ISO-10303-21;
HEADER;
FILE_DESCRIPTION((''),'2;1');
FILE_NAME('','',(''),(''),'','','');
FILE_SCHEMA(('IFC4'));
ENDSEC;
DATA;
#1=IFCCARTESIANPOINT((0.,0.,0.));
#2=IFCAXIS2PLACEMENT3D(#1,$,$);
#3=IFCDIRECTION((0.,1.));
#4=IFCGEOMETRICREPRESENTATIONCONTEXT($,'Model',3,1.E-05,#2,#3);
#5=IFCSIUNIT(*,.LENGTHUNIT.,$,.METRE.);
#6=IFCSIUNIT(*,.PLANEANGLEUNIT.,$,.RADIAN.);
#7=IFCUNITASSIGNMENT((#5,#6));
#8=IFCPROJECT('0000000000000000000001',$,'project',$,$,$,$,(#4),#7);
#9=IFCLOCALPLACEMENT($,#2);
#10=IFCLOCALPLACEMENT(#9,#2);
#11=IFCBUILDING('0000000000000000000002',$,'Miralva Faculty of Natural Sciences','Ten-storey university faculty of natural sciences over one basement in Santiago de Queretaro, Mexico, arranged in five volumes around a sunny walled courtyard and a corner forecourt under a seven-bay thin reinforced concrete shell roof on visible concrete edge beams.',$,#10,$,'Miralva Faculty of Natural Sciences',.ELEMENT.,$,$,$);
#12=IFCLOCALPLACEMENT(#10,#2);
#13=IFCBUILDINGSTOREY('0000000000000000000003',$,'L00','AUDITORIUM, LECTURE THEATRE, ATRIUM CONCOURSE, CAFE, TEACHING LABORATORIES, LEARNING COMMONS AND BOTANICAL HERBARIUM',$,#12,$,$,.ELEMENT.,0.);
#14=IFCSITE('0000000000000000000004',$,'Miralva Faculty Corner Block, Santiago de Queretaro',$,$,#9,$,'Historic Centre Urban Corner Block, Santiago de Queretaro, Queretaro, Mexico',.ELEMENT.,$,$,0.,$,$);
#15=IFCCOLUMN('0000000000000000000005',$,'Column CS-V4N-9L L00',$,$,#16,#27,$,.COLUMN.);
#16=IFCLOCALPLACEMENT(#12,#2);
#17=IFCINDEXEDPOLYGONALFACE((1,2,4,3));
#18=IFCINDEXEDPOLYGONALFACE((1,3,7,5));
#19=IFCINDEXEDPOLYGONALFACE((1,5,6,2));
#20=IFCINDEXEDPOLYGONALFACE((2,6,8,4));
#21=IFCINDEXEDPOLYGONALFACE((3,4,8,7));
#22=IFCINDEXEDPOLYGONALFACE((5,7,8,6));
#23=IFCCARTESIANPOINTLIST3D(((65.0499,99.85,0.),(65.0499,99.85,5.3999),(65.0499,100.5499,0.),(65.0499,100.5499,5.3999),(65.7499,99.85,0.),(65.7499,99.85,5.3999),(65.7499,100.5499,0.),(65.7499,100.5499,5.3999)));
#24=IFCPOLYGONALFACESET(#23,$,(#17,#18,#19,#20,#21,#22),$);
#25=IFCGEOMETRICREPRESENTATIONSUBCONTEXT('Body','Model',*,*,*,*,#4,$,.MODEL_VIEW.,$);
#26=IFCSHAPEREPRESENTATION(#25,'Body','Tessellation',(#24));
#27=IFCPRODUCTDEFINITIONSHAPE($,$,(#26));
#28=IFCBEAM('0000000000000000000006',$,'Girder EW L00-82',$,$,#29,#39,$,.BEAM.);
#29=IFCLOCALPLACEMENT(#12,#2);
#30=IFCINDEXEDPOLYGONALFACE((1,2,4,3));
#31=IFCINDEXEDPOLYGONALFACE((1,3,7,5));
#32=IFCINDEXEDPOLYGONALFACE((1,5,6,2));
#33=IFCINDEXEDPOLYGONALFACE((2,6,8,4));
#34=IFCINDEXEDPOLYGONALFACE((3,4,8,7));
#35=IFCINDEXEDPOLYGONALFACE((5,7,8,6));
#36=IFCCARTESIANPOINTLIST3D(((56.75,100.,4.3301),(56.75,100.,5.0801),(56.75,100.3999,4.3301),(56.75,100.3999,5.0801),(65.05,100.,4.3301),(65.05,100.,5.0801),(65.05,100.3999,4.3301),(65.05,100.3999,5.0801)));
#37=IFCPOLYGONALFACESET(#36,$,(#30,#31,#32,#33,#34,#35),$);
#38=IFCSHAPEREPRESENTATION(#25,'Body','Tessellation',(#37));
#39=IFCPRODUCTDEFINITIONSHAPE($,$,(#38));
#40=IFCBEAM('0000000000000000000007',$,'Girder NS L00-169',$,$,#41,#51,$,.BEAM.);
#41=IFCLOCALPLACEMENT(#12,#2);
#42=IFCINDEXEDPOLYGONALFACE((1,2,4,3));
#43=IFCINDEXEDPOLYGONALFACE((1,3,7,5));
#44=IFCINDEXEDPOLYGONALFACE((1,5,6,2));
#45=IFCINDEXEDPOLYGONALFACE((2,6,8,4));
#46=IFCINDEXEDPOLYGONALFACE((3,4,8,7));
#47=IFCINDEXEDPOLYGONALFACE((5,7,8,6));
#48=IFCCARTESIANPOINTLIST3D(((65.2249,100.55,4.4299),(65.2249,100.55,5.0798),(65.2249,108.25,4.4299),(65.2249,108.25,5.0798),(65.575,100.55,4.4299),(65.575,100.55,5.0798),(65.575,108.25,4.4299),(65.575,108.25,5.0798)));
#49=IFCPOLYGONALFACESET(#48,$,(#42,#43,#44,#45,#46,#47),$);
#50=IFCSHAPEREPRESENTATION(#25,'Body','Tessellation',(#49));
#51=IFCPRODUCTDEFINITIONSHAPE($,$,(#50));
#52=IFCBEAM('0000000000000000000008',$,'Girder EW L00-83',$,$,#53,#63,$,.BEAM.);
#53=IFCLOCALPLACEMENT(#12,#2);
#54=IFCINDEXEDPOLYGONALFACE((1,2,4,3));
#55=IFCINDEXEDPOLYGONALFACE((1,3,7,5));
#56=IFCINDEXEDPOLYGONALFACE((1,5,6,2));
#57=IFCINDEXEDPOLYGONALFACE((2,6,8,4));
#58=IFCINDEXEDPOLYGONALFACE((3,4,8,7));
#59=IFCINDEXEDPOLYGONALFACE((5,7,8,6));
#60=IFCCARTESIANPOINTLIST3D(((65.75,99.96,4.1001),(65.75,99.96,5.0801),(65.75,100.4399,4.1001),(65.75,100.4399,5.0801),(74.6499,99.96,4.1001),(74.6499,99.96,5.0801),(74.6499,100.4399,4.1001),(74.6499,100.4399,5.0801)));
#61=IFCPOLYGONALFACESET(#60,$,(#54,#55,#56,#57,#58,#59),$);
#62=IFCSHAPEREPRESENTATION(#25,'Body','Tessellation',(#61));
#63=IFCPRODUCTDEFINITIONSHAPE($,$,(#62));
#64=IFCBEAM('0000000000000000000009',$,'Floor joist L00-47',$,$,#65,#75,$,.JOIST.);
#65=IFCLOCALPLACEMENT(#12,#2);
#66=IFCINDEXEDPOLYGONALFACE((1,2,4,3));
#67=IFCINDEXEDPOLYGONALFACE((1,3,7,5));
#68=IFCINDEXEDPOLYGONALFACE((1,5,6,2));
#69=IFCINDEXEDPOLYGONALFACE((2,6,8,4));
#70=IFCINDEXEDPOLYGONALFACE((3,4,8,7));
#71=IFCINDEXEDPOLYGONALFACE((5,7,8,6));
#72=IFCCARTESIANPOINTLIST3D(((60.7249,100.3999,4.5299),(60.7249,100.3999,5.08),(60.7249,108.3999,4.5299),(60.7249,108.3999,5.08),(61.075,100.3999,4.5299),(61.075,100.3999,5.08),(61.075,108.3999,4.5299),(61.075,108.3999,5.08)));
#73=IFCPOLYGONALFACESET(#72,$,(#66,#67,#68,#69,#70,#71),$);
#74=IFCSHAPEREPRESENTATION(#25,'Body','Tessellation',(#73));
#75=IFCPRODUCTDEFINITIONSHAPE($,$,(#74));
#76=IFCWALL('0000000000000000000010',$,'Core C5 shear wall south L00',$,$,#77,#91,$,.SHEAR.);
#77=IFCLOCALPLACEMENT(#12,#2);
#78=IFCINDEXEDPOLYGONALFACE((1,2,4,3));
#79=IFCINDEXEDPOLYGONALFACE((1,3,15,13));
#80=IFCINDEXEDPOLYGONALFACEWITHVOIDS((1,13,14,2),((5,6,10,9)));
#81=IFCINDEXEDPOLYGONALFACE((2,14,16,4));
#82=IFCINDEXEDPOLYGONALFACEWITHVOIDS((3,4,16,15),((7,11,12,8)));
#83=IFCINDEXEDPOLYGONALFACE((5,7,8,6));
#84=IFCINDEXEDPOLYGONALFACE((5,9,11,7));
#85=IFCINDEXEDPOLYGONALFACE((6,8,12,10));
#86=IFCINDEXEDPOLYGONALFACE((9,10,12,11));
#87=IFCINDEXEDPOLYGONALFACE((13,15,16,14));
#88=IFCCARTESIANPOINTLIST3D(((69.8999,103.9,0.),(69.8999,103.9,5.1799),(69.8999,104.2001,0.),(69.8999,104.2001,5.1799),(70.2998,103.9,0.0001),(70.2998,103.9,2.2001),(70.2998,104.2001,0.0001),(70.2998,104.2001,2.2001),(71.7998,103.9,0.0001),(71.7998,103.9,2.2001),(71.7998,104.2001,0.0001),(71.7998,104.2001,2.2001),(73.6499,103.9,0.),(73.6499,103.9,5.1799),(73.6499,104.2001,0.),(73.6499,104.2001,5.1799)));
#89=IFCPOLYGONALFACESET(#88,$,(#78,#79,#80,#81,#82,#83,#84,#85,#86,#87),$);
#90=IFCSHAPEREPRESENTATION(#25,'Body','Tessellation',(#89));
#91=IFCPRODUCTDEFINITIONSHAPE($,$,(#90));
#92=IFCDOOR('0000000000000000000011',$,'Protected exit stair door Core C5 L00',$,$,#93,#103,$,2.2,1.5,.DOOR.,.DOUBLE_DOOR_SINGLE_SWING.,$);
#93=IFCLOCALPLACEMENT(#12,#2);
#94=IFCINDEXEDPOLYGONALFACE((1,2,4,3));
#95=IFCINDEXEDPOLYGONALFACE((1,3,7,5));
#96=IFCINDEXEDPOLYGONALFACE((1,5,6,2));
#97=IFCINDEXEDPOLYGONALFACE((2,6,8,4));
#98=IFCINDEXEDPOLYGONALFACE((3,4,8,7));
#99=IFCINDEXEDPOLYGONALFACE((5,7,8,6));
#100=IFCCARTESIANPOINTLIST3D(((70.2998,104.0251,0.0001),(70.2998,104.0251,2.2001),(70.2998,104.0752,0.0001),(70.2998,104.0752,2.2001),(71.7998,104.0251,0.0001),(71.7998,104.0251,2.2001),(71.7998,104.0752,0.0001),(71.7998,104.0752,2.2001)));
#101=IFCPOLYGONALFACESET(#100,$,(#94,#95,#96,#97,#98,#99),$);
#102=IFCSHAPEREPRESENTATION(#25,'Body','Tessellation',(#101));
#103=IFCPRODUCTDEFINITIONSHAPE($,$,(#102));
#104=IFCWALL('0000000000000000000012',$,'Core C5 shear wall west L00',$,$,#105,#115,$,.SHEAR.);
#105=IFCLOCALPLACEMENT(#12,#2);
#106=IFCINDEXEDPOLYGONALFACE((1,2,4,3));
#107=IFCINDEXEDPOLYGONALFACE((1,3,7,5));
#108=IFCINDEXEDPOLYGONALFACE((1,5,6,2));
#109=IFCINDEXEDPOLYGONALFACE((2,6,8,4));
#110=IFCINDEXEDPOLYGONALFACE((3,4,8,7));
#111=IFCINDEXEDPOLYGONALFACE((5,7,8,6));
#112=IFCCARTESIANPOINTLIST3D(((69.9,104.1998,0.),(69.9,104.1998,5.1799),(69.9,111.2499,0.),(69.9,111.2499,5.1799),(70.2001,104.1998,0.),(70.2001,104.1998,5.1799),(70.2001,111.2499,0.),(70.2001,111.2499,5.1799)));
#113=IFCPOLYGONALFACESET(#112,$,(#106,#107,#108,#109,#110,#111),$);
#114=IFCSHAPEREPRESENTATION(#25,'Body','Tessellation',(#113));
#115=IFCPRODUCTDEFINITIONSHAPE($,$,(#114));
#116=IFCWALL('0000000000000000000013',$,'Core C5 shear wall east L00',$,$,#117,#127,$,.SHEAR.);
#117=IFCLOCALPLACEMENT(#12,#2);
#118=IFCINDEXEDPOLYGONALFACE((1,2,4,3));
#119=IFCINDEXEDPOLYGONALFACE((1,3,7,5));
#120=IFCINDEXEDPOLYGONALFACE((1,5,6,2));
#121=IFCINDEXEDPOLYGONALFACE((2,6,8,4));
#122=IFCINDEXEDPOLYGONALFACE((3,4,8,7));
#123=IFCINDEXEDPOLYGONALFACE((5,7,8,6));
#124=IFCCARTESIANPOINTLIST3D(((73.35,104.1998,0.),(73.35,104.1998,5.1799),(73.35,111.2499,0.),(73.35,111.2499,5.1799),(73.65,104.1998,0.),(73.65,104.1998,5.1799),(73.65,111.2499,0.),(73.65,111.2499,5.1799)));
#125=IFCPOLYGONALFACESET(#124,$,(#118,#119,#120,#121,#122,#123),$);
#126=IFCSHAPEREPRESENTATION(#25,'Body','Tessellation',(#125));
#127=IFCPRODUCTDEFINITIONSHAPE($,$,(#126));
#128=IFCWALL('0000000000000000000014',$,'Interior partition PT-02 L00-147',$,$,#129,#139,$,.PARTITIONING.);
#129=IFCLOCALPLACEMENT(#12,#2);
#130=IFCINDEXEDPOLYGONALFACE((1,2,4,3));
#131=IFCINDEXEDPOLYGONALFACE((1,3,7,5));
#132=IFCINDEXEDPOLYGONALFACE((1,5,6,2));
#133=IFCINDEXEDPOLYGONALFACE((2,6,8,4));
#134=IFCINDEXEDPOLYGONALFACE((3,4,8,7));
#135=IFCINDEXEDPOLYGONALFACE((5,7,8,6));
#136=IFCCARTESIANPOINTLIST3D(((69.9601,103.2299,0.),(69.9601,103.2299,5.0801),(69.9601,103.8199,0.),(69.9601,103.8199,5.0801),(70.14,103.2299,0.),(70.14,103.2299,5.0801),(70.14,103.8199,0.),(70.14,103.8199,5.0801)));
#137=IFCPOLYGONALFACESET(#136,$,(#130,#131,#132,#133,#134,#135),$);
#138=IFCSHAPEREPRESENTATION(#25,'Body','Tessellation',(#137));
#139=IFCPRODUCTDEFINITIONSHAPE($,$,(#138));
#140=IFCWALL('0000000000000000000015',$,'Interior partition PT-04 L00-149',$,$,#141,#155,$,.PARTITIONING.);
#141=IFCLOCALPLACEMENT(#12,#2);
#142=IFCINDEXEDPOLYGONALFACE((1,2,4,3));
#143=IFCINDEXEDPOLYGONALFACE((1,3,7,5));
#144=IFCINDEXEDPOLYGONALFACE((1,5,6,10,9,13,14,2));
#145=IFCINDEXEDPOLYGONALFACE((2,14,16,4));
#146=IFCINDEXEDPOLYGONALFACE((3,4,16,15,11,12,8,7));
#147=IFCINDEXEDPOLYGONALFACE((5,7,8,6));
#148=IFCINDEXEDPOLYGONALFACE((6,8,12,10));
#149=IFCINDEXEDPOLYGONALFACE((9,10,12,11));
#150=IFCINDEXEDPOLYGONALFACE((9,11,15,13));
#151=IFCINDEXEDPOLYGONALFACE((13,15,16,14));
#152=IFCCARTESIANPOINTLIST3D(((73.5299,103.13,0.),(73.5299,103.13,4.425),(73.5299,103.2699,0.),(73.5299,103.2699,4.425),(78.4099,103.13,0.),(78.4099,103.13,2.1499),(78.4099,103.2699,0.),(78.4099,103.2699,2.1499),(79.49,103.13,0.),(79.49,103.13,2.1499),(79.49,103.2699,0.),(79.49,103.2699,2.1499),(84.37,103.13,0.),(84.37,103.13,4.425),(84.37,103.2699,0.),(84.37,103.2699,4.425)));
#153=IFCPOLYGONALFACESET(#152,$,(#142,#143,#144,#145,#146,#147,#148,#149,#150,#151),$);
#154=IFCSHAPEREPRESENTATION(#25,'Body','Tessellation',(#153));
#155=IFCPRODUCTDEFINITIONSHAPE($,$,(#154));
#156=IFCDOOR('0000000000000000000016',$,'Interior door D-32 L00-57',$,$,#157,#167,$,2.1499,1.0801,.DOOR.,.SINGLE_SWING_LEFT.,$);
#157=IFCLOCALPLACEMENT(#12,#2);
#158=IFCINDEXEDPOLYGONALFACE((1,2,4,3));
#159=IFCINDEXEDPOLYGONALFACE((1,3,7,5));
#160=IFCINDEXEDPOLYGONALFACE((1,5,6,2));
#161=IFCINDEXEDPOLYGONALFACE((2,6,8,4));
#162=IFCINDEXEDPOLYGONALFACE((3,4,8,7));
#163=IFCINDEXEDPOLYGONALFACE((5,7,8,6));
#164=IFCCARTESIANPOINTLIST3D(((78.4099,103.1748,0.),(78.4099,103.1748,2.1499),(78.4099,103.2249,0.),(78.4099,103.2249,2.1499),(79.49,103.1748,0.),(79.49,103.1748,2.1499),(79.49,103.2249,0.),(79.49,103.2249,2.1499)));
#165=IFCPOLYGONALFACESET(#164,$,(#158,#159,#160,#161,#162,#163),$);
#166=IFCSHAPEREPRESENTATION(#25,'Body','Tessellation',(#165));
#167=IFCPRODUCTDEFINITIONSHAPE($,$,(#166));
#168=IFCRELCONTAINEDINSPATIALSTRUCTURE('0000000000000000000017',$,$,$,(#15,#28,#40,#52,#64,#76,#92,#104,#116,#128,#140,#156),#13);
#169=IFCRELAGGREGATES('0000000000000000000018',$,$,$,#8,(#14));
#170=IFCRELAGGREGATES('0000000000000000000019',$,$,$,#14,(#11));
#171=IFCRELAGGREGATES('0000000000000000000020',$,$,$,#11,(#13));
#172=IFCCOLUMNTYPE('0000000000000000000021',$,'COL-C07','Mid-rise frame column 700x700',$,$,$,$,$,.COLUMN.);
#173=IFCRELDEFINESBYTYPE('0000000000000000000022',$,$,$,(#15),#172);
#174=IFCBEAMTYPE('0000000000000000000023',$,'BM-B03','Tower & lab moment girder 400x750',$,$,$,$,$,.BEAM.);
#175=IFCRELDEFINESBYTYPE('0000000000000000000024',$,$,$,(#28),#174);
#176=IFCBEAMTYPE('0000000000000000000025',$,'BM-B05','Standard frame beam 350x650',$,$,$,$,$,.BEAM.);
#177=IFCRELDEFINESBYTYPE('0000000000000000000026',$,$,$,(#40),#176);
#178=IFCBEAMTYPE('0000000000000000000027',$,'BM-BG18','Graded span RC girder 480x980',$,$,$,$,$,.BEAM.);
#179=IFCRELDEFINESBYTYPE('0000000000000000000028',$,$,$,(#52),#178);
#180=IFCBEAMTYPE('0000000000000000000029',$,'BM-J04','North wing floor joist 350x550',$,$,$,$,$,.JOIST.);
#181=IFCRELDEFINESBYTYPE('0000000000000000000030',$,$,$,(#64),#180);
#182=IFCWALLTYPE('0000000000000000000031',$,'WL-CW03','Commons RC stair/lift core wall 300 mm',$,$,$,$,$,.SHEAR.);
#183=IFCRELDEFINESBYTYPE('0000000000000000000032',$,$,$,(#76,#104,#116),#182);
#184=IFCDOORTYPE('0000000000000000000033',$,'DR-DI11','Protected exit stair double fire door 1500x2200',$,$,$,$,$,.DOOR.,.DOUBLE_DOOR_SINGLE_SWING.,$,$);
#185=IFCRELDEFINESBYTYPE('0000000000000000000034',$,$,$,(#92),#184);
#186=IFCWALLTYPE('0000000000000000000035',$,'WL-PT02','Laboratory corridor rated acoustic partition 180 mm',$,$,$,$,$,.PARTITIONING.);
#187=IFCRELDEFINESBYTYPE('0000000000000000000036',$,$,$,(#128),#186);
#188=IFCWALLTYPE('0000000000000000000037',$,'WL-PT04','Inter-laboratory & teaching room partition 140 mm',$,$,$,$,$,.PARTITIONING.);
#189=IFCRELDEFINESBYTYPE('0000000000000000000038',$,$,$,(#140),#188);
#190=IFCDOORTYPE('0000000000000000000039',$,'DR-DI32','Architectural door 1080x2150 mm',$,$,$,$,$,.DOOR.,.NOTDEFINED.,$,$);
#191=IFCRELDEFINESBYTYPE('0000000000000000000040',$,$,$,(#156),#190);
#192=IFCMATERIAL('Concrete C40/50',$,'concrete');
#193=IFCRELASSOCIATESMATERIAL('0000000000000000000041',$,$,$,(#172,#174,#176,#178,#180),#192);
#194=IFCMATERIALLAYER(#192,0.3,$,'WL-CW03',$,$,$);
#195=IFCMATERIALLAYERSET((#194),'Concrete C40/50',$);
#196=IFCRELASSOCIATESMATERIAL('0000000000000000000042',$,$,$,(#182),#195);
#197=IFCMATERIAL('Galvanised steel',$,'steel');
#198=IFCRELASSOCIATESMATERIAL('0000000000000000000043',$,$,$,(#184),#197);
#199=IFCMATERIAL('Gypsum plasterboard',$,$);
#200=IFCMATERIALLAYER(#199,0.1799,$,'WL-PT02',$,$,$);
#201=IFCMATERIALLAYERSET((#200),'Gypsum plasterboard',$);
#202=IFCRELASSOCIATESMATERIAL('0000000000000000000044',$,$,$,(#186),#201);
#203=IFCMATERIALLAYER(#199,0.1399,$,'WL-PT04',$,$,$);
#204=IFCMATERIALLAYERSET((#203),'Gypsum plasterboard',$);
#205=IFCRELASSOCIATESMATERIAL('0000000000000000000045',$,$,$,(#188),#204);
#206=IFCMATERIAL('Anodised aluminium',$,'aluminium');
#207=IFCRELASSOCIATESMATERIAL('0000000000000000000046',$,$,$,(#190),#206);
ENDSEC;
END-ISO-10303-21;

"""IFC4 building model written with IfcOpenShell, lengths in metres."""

from ifc_helpers import new_model, si_unit, direction, frame, frame_2d, origin, origin_2d, place, context, subcontext, project, spatial, rectangle, extrude, material, layer, layer_set, material_profile, profile_set, type_object, element, fill, save


model = new_model("IFC4")

# Units and contexts
model_context = context("Model", 3, precision=1e-05, world=origin(), true_north=direction((0.0, 1.0)))
body_context = subcontext(model_context, "Body", "Model", "MODEL_VIEW")
ifc_project = project(units=[si_unit("LENGTHUNIT", "METRE"), si_unit("PLANEANGLEUNIT", "RADIAN")], contexts=[model_context])

# Site, building, storey
site_placement = place(None, origin())
site = spatial("IfcSite", under=ifc_project, at=site_placement, Name="Miralva Faculty Corner Block, Santiago de Queretaro", LongName="Historic Centre Urban Corner Block, Santiago de Queretaro, Queretaro, Mexico", CompositionType="ELEMENT", RefElevation=0.0)
building_placement = place(site_placement, origin())
building = spatial("IfcBuilding", under=site, at=building_placement, Name="Miralva Faculty of Natural Sciences", Description="Ten-storey university faculty of natural sciences over one basement in Santiago de Queretaro, Mexico, arranged in five volumes around a sunny walled courtyard and a corner forecourt under a seven-bay thin reinforced concrete shell roof on visible concrete edge beams.", LongName="Miralva Faculty of Natural Sciences", CompositionType="ELEMENT")
storey_placement = place(building_placement, origin())
storey = spatial("IfcBuildingStorey", under=building, at=storey_placement, Name="L00", Description="AUDITORIUM, LECTURE THEATRE, ATRIUM CONCOURSE, CAFE, TEACHING LABORATORIES, LEARNING COMMONS AND BOTANICAL HERBARIUM", CompositionType="ELEMENT", Elevation=0.0)

# Column
ifc_material_1 = material(Name="Concrete C40/50", Category="concrete")
ifc_material_profile_1 = material_profile(ifc_material_1, rectangle(XDim=0.7, YDim=0.7, at=origin_2d()), Name="RC 700x700")
ifc_profile_set_1 = profile_set([ifc_material_profile_1], Name="Concrete C40/50")
column_type = type_object("IfcColumnType", Name="COL-C07", Description="Mid-rise frame column 700x700", PredefinedType="COLUMN", material=ifc_profile_set_1)
column_placement = place(storey_placement, frame((65.3999, 100.2, 0.0), z_axis=(0.0, 0.0, 1.0), x_axis=(1.0, 0.0, 0.0)))
element("IfcColumn", 1, at=column_placement, inside=storey, type_object=column_type, Name="Column CS-V4N-9L L00", PredefinedType="COLUMN", context=body_context, shape_type="SweptSolid", body=[
    extrude(rectangle(XDim=0.7, YDim=0.7, at=origin_2d()), origin(), (0.0, 0.0, 1.0), 5.3999),
])

# Beams
ifc_material_profile_2 = material_profile(ifc_material_1, rectangle(XDim=0.3999, YDim=0.75, at=origin_2d()), Name="RC 400x750")
ifc_profile_set_2 = profile_set([ifc_material_profile_2], Name="Concrete C40/50")
beam_type_1 = type_object("IfcBeamType", Name="BM-B03", Description="Tower & lab moment girder 400x750", PredefinedType="BEAM", material=ifc_profile_set_2)
beam_1_placement = place(storey_placement, frame((56.75, 100.2, 4.7051), z_axis=(1.0, 0.0, 0.0), x_axis=(0.0, 1.0, 0.0)))
element("IfcBeam", 2, at=beam_1_placement, inside=storey, type_object=beam_type_1, Name="Girder EW L00-82", PredefinedType="BEAM", context=body_context, shape_type="SweptSolid", body=[
    extrude(rectangle(XDim=0.3999, YDim=0.75, at=origin_2d()), origin(), (0.0, 0.0, 1.0), 8.3),
])
ifc_material_profile_3 = material_profile(ifc_material_1, rectangle(XDim=0.3501, YDim=0.6499, at=origin_2d()), Name="RC 350x650")
ifc_profile_set_3 = profile_set([ifc_material_profile_3], Name="Concrete C40/50")
beam_type_2 = type_object("IfcBeamType", Name="BM-B05", Description="Standard frame beam 350x650", PredefinedType="BEAM", material=ifc_profile_set_3)
beam_2_placement = place(storey_placement, frame((65.3999, 100.55, 4.7549), z_axis=(0.0, 1.0, 0.0), x_axis=(-1.0, 0.0, 0.0)))
element("IfcBeam", 3, at=beam_2_placement, inside=storey, type_object=beam_type_2, Name="Girder NS L00-169", PredefinedType="BEAM", context=body_context, shape_type="SweptSolid", body=[
    extrude(rectangle(XDim=0.3501, YDim=0.6499, at=origin_2d()), origin(), (0.0, 0.0, 1.0), 7.7),
])
ifc_material_profile_4 = material_profile(ifc_material_1, rectangle(XDim=0.48, YDim=0.98, at=origin_2d()), Name="RC 480x980")
ifc_profile_set_4 = profile_set([ifc_material_profile_4], Name="Concrete C40/50")
beam_type_3 = type_object("IfcBeamType", Name="BM-BG18", Description="Graded span RC girder 480x980", PredefinedType="BEAM", material=ifc_profile_set_4)
beam_3_placement = place(storey_placement, frame((65.75, 100.2, 4.5901), z_axis=(1.0, 0.0, 0.0), x_axis=(0.0, 1.0, 0.0)))
element("IfcBeam", 4, at=beam_3_placement, inside=storey, type_object=beam_type_3, Name="Girder EW L00-83", PredefinedType="BEAM", context=body_context, shape_type="SweptSolid", body=[
    extrude(rectangle(XDim=0.48, YDim=0.98, at=origin_2d()), origin(), (0.0, 0.0, 1.0), 8.8999),
])
ifc_material_profile_5 = material_profile(ifc_material_1, rectangle(XDim=0.3501, YDim=0.55, at=origin_2d()), Name="RC 350x550")
ifc_profile_set_5 = profile_set([ifc_material_profile_5], Name="Concrete C40/50")
beam_type_4 = type_object("IfcBeamType", Name="BM-J04", Description="North wing floor joist 350x550", PredefinedType="JOIST", material=ifc_profile_set_5)
beam_4_placement = place(storey_placement, frame((60.8999, 100.3999, 4.8049), z_axis=(0.0, 1.0, 0.0), x_axis=(-1.0, 0.0, 0.0)))
element("IfcBeam", 5, at=beam_4_placement, inside=storey, type_object=beam_type_4, Name="Floor joist L00-47", PredefinedType="JOIST", context=body_context, shape_type="SweptSolid", body=[
    extrude(rectangle(XDim=0.3501, YDim=0.55, at=origin_2d()), origin(), (0.0, 0.0, 1.0), 8.0),
])

# Wall, opening, door
ifc_layer_1 = layer(ifc_material_1, 0.3, Name="WL-CW03")
ifc_layer_set_1 = layer_set([ifc_layer_1], Name="Concrete C40/50")
wall_type_1 = type_object("IfcWallType", Name="WL-CW03", Description="Commons RC stair/lift core wall 300 mm", PredefinedType="SHEAR", material=ifc_layer_set_1)
wall_1_placement = place(storey_placement, frame((69.8999, 104.05, 0.0), z_axis=(0.0, 0.0, 1.0), x_axis=(1.0, 0.0, 0.0)))
wall_1 = element("IfcWall", 6, at=wall_1_placement, inside=storey, type_object=wall_type_1, Name="Core C5 shear wall south L00", PredefinedType="SHEAR", context=body_context, shape_type="SweptSolid", body=[
    extrude(rectangle(XDim=3.75, YDim=0.3, at=frame_2d((1.875, 0.0))), origin(), (0.0, 0.0, 1.0), 5.1799),
])
opening_1_placement = place(wall_1_placement, frame((0.3999, 0.0, 0.0)))
opening_1 = element("IfcOpeningElement", 7, at=opening_1_placement, cuts=wall_1, PredefinedType="OPENING", context=body_context, shape_type="SweptSolid", body=[
    extrude(rectangle(XDim=1.5, YDim=2.2, at=frame_2d((0.75, 1.1001))), frame((0.0, 0.1599, 0.0), z_axis=(0.0, -1.0, 0.0), x_axis=(1.0, 0.0, 0.0)), (0.0, 0.0, 1.0), 0.3201),
])
ifc_material_2 = material(Name="Galvanised steel", Category="steel")
door_type_1 = type_object("IfcDoorType", Name="DR-DI11", Description="Protected exit stair double fire door 1500x2200", OperationType="DOUBLE_DOOR_SINGLE_SWING", PredefinedType="DOOR", material=ifc_material_2)
door_1_placement = place(opening_1_placement, frame((1.5, 0.0, 0.0), z_axis=(0.0, 0.0, 1.0), x_axis=(-1.0, 0.0, 0.0)))
door_1 = element("IfcDoor", 8, at=door_1_placement, inside=storey, type_object=door_type_1, Name="Protected exit stair door Core C5 L00", OperationType="DOUBLE_DOOR_SINGLE_SWING", OverallHeight=2.2, OverallWidth=1.5, PredefinedType="DOOR", context=body_context, shape_type="SweptSolid", body=[
    extrude(rectangle(XDim=1.5, YDim=2.2, at=frame_2d((0.75, 1.1001))), frame((0.0, 0.0249, 0.0), z_axis=(0.0, -1.0, 0.0), x_axis=(1.0, 0.0, 0.0)), (0.0, 0.0, 1.0), 0.05),
])
fill(opening_1, door_1)

# Walls
for number, where, z_axis, x_axis, name in (
    (9, (70.05, 104.2, 0.0), (0.0, 0.0, 1.0), (0.0, 1.0, 0.0), "Core C5 shear wall west L00"),
    (10, (73.5, 104.2, 0.0), (0.0, 0.0, 1.0), (0.0, 1.0, 0.0), "Core C5 shear wall east L00"),
):
    element("IfcWall", number, at=place(storey_placement, frame(where, z_axis=z_axis, x_axis=x_axis)), inside=storey, type_object=wall_type_1, Name=name, PredefinedType="SHEAR", context=body_context, shape_type="SweptSolid", body=[
        extrude(rectangle(XDim=7.05, YDim=0.3, at=frame_2d((3.5249, 0.0))), origin(), (0.0, 0.0, 1.0), 5.1799),
    ])
ifc_material_3 = material(Name="Gypsum plasterboard")
ifc_layer_2 = layer(ifc_material_3, 0.1799, Name="WL-PT02")
ifc_layer_set_2 = layer_set([ifc_layer_2], Name="Gypsum plasterboard")
wall_type_2 = type_object("IfcWallType", Name="WL-PT02", Description="Laboratory corridor rated acoustic partition 180 mm", PredefinedType="PARTITIONING", material=ifc_layer_set_2)
wall_2_placement = place(storey_placement, frame((70.05, 103.23, 0.0), z_axis=(0.0, 0.0, 1.0), x_axis=(0.0, 1.0, 0.0)))
element("IfcWall", 11, at=wall_2_placement, inside=storey, type_object=wall_type_2, Name="Interior partition PT-02 L00-147", PredefinedType="PARTITIONING", context=body_context, shape_type="SweptSolid", body=[
    extrude(rectangle(XDim=0.5901, YDim=0.1799, at=frame_2d((0.2949, 0.0))), origin(), (0.0, 0.0, 1.0), 5.0801),
])

# Wall, opening, door
ifc_layer_3 = layer(ifc_material_3, 0.1399, Name="WL-PT04")
ifc_layer_set_3 = layer_set([ifc_layer_3], Name="Gypsum plasterboard")
wall_type_3 = type_object("IfcWallType", Name="WL-PT04", Description="Inter-laboratory & teaching room partition 140 mm", PredefinedType="PARTITIONING", material=ifc_layer_set_3)
wall_3_placement = place(storey_placement, frame((73.53, 103.2, 0.0), z_axis=(0.0, 0.0, 1.0), x_axis=(1.0, 0.0, 0.0)))
wall_3 = element("IfcWall", 12, at=wall_3_placement, inside=storey, type_object=wall_type_3, Name="Interior partition PT-04 L00-149", PredefinedType="PARTITIONING", context=body_context, shape_type="SweptSolid", body=[
    extrude(rectangle(XDim=10.8401, YDim=0.1399, at=frame_2d((5.4199, 0.0))), origin(), (0.0, 0.0, 1.0), 4.425),
])
opening_2_placement = place(wall_3_placement, frame((4.8799, 0.0, 0.0)))
opening_2 = element("IfcOpeningElement", 13, at=opening_2_placement, cuts=wall_3, PredefinedType="OPENING", context=body_context, shape_type="SweptSolid", body=[
    extrude(rectangle(XDim=1.0801, YDim=2.1499, at=frame_2d((0.54, 1.075))), frame((0.0, 0.0798, 0.0), z_axis=(0.0, -1.0, 0.0), x_axis=(1.0, 0.0, 0.0)), (0.0, 0.0, 1.0), 0.1599),
])
ifc_material_4 = material(Name="Anodised aluminium", Category="aluminium")
door_type_2 = type_object("IfcDoorType", Name="DR-DI32", Description="Architectural door 1080x2150 mm", OperationType="NOTDEFINED", PredefinedType="DOOR", material=ifc_material_4)
door_2_placement = place(opening_2_placement, origin())
door_2 = element("IfcDoor", 14, at=door_2_placement, inside=storey, type_object=door_type_2, Name="Interior door D-32 L00-57", OperationType="SINGLE_SWING_LEFT", OverallHeight=2.1499, OverallWidth=1.0801, PredefinedType="DOOR", context=body_context, shape_type="SweptSolid", body=[
    extrude(rectangle(XDim=1.0801, YDim=2.1499, at=frame_2d((0.54, 1.075))), frame((0.0, 0.0249, 0.0), z_axis=(0.0, -1.0, 0.0), x_axis=(1.0, 0.0, 0.0)), (0.0, 0.0, 1.0), 0.05),
])
fill(opening_2, door_2)

save(model, "model.ifc")
